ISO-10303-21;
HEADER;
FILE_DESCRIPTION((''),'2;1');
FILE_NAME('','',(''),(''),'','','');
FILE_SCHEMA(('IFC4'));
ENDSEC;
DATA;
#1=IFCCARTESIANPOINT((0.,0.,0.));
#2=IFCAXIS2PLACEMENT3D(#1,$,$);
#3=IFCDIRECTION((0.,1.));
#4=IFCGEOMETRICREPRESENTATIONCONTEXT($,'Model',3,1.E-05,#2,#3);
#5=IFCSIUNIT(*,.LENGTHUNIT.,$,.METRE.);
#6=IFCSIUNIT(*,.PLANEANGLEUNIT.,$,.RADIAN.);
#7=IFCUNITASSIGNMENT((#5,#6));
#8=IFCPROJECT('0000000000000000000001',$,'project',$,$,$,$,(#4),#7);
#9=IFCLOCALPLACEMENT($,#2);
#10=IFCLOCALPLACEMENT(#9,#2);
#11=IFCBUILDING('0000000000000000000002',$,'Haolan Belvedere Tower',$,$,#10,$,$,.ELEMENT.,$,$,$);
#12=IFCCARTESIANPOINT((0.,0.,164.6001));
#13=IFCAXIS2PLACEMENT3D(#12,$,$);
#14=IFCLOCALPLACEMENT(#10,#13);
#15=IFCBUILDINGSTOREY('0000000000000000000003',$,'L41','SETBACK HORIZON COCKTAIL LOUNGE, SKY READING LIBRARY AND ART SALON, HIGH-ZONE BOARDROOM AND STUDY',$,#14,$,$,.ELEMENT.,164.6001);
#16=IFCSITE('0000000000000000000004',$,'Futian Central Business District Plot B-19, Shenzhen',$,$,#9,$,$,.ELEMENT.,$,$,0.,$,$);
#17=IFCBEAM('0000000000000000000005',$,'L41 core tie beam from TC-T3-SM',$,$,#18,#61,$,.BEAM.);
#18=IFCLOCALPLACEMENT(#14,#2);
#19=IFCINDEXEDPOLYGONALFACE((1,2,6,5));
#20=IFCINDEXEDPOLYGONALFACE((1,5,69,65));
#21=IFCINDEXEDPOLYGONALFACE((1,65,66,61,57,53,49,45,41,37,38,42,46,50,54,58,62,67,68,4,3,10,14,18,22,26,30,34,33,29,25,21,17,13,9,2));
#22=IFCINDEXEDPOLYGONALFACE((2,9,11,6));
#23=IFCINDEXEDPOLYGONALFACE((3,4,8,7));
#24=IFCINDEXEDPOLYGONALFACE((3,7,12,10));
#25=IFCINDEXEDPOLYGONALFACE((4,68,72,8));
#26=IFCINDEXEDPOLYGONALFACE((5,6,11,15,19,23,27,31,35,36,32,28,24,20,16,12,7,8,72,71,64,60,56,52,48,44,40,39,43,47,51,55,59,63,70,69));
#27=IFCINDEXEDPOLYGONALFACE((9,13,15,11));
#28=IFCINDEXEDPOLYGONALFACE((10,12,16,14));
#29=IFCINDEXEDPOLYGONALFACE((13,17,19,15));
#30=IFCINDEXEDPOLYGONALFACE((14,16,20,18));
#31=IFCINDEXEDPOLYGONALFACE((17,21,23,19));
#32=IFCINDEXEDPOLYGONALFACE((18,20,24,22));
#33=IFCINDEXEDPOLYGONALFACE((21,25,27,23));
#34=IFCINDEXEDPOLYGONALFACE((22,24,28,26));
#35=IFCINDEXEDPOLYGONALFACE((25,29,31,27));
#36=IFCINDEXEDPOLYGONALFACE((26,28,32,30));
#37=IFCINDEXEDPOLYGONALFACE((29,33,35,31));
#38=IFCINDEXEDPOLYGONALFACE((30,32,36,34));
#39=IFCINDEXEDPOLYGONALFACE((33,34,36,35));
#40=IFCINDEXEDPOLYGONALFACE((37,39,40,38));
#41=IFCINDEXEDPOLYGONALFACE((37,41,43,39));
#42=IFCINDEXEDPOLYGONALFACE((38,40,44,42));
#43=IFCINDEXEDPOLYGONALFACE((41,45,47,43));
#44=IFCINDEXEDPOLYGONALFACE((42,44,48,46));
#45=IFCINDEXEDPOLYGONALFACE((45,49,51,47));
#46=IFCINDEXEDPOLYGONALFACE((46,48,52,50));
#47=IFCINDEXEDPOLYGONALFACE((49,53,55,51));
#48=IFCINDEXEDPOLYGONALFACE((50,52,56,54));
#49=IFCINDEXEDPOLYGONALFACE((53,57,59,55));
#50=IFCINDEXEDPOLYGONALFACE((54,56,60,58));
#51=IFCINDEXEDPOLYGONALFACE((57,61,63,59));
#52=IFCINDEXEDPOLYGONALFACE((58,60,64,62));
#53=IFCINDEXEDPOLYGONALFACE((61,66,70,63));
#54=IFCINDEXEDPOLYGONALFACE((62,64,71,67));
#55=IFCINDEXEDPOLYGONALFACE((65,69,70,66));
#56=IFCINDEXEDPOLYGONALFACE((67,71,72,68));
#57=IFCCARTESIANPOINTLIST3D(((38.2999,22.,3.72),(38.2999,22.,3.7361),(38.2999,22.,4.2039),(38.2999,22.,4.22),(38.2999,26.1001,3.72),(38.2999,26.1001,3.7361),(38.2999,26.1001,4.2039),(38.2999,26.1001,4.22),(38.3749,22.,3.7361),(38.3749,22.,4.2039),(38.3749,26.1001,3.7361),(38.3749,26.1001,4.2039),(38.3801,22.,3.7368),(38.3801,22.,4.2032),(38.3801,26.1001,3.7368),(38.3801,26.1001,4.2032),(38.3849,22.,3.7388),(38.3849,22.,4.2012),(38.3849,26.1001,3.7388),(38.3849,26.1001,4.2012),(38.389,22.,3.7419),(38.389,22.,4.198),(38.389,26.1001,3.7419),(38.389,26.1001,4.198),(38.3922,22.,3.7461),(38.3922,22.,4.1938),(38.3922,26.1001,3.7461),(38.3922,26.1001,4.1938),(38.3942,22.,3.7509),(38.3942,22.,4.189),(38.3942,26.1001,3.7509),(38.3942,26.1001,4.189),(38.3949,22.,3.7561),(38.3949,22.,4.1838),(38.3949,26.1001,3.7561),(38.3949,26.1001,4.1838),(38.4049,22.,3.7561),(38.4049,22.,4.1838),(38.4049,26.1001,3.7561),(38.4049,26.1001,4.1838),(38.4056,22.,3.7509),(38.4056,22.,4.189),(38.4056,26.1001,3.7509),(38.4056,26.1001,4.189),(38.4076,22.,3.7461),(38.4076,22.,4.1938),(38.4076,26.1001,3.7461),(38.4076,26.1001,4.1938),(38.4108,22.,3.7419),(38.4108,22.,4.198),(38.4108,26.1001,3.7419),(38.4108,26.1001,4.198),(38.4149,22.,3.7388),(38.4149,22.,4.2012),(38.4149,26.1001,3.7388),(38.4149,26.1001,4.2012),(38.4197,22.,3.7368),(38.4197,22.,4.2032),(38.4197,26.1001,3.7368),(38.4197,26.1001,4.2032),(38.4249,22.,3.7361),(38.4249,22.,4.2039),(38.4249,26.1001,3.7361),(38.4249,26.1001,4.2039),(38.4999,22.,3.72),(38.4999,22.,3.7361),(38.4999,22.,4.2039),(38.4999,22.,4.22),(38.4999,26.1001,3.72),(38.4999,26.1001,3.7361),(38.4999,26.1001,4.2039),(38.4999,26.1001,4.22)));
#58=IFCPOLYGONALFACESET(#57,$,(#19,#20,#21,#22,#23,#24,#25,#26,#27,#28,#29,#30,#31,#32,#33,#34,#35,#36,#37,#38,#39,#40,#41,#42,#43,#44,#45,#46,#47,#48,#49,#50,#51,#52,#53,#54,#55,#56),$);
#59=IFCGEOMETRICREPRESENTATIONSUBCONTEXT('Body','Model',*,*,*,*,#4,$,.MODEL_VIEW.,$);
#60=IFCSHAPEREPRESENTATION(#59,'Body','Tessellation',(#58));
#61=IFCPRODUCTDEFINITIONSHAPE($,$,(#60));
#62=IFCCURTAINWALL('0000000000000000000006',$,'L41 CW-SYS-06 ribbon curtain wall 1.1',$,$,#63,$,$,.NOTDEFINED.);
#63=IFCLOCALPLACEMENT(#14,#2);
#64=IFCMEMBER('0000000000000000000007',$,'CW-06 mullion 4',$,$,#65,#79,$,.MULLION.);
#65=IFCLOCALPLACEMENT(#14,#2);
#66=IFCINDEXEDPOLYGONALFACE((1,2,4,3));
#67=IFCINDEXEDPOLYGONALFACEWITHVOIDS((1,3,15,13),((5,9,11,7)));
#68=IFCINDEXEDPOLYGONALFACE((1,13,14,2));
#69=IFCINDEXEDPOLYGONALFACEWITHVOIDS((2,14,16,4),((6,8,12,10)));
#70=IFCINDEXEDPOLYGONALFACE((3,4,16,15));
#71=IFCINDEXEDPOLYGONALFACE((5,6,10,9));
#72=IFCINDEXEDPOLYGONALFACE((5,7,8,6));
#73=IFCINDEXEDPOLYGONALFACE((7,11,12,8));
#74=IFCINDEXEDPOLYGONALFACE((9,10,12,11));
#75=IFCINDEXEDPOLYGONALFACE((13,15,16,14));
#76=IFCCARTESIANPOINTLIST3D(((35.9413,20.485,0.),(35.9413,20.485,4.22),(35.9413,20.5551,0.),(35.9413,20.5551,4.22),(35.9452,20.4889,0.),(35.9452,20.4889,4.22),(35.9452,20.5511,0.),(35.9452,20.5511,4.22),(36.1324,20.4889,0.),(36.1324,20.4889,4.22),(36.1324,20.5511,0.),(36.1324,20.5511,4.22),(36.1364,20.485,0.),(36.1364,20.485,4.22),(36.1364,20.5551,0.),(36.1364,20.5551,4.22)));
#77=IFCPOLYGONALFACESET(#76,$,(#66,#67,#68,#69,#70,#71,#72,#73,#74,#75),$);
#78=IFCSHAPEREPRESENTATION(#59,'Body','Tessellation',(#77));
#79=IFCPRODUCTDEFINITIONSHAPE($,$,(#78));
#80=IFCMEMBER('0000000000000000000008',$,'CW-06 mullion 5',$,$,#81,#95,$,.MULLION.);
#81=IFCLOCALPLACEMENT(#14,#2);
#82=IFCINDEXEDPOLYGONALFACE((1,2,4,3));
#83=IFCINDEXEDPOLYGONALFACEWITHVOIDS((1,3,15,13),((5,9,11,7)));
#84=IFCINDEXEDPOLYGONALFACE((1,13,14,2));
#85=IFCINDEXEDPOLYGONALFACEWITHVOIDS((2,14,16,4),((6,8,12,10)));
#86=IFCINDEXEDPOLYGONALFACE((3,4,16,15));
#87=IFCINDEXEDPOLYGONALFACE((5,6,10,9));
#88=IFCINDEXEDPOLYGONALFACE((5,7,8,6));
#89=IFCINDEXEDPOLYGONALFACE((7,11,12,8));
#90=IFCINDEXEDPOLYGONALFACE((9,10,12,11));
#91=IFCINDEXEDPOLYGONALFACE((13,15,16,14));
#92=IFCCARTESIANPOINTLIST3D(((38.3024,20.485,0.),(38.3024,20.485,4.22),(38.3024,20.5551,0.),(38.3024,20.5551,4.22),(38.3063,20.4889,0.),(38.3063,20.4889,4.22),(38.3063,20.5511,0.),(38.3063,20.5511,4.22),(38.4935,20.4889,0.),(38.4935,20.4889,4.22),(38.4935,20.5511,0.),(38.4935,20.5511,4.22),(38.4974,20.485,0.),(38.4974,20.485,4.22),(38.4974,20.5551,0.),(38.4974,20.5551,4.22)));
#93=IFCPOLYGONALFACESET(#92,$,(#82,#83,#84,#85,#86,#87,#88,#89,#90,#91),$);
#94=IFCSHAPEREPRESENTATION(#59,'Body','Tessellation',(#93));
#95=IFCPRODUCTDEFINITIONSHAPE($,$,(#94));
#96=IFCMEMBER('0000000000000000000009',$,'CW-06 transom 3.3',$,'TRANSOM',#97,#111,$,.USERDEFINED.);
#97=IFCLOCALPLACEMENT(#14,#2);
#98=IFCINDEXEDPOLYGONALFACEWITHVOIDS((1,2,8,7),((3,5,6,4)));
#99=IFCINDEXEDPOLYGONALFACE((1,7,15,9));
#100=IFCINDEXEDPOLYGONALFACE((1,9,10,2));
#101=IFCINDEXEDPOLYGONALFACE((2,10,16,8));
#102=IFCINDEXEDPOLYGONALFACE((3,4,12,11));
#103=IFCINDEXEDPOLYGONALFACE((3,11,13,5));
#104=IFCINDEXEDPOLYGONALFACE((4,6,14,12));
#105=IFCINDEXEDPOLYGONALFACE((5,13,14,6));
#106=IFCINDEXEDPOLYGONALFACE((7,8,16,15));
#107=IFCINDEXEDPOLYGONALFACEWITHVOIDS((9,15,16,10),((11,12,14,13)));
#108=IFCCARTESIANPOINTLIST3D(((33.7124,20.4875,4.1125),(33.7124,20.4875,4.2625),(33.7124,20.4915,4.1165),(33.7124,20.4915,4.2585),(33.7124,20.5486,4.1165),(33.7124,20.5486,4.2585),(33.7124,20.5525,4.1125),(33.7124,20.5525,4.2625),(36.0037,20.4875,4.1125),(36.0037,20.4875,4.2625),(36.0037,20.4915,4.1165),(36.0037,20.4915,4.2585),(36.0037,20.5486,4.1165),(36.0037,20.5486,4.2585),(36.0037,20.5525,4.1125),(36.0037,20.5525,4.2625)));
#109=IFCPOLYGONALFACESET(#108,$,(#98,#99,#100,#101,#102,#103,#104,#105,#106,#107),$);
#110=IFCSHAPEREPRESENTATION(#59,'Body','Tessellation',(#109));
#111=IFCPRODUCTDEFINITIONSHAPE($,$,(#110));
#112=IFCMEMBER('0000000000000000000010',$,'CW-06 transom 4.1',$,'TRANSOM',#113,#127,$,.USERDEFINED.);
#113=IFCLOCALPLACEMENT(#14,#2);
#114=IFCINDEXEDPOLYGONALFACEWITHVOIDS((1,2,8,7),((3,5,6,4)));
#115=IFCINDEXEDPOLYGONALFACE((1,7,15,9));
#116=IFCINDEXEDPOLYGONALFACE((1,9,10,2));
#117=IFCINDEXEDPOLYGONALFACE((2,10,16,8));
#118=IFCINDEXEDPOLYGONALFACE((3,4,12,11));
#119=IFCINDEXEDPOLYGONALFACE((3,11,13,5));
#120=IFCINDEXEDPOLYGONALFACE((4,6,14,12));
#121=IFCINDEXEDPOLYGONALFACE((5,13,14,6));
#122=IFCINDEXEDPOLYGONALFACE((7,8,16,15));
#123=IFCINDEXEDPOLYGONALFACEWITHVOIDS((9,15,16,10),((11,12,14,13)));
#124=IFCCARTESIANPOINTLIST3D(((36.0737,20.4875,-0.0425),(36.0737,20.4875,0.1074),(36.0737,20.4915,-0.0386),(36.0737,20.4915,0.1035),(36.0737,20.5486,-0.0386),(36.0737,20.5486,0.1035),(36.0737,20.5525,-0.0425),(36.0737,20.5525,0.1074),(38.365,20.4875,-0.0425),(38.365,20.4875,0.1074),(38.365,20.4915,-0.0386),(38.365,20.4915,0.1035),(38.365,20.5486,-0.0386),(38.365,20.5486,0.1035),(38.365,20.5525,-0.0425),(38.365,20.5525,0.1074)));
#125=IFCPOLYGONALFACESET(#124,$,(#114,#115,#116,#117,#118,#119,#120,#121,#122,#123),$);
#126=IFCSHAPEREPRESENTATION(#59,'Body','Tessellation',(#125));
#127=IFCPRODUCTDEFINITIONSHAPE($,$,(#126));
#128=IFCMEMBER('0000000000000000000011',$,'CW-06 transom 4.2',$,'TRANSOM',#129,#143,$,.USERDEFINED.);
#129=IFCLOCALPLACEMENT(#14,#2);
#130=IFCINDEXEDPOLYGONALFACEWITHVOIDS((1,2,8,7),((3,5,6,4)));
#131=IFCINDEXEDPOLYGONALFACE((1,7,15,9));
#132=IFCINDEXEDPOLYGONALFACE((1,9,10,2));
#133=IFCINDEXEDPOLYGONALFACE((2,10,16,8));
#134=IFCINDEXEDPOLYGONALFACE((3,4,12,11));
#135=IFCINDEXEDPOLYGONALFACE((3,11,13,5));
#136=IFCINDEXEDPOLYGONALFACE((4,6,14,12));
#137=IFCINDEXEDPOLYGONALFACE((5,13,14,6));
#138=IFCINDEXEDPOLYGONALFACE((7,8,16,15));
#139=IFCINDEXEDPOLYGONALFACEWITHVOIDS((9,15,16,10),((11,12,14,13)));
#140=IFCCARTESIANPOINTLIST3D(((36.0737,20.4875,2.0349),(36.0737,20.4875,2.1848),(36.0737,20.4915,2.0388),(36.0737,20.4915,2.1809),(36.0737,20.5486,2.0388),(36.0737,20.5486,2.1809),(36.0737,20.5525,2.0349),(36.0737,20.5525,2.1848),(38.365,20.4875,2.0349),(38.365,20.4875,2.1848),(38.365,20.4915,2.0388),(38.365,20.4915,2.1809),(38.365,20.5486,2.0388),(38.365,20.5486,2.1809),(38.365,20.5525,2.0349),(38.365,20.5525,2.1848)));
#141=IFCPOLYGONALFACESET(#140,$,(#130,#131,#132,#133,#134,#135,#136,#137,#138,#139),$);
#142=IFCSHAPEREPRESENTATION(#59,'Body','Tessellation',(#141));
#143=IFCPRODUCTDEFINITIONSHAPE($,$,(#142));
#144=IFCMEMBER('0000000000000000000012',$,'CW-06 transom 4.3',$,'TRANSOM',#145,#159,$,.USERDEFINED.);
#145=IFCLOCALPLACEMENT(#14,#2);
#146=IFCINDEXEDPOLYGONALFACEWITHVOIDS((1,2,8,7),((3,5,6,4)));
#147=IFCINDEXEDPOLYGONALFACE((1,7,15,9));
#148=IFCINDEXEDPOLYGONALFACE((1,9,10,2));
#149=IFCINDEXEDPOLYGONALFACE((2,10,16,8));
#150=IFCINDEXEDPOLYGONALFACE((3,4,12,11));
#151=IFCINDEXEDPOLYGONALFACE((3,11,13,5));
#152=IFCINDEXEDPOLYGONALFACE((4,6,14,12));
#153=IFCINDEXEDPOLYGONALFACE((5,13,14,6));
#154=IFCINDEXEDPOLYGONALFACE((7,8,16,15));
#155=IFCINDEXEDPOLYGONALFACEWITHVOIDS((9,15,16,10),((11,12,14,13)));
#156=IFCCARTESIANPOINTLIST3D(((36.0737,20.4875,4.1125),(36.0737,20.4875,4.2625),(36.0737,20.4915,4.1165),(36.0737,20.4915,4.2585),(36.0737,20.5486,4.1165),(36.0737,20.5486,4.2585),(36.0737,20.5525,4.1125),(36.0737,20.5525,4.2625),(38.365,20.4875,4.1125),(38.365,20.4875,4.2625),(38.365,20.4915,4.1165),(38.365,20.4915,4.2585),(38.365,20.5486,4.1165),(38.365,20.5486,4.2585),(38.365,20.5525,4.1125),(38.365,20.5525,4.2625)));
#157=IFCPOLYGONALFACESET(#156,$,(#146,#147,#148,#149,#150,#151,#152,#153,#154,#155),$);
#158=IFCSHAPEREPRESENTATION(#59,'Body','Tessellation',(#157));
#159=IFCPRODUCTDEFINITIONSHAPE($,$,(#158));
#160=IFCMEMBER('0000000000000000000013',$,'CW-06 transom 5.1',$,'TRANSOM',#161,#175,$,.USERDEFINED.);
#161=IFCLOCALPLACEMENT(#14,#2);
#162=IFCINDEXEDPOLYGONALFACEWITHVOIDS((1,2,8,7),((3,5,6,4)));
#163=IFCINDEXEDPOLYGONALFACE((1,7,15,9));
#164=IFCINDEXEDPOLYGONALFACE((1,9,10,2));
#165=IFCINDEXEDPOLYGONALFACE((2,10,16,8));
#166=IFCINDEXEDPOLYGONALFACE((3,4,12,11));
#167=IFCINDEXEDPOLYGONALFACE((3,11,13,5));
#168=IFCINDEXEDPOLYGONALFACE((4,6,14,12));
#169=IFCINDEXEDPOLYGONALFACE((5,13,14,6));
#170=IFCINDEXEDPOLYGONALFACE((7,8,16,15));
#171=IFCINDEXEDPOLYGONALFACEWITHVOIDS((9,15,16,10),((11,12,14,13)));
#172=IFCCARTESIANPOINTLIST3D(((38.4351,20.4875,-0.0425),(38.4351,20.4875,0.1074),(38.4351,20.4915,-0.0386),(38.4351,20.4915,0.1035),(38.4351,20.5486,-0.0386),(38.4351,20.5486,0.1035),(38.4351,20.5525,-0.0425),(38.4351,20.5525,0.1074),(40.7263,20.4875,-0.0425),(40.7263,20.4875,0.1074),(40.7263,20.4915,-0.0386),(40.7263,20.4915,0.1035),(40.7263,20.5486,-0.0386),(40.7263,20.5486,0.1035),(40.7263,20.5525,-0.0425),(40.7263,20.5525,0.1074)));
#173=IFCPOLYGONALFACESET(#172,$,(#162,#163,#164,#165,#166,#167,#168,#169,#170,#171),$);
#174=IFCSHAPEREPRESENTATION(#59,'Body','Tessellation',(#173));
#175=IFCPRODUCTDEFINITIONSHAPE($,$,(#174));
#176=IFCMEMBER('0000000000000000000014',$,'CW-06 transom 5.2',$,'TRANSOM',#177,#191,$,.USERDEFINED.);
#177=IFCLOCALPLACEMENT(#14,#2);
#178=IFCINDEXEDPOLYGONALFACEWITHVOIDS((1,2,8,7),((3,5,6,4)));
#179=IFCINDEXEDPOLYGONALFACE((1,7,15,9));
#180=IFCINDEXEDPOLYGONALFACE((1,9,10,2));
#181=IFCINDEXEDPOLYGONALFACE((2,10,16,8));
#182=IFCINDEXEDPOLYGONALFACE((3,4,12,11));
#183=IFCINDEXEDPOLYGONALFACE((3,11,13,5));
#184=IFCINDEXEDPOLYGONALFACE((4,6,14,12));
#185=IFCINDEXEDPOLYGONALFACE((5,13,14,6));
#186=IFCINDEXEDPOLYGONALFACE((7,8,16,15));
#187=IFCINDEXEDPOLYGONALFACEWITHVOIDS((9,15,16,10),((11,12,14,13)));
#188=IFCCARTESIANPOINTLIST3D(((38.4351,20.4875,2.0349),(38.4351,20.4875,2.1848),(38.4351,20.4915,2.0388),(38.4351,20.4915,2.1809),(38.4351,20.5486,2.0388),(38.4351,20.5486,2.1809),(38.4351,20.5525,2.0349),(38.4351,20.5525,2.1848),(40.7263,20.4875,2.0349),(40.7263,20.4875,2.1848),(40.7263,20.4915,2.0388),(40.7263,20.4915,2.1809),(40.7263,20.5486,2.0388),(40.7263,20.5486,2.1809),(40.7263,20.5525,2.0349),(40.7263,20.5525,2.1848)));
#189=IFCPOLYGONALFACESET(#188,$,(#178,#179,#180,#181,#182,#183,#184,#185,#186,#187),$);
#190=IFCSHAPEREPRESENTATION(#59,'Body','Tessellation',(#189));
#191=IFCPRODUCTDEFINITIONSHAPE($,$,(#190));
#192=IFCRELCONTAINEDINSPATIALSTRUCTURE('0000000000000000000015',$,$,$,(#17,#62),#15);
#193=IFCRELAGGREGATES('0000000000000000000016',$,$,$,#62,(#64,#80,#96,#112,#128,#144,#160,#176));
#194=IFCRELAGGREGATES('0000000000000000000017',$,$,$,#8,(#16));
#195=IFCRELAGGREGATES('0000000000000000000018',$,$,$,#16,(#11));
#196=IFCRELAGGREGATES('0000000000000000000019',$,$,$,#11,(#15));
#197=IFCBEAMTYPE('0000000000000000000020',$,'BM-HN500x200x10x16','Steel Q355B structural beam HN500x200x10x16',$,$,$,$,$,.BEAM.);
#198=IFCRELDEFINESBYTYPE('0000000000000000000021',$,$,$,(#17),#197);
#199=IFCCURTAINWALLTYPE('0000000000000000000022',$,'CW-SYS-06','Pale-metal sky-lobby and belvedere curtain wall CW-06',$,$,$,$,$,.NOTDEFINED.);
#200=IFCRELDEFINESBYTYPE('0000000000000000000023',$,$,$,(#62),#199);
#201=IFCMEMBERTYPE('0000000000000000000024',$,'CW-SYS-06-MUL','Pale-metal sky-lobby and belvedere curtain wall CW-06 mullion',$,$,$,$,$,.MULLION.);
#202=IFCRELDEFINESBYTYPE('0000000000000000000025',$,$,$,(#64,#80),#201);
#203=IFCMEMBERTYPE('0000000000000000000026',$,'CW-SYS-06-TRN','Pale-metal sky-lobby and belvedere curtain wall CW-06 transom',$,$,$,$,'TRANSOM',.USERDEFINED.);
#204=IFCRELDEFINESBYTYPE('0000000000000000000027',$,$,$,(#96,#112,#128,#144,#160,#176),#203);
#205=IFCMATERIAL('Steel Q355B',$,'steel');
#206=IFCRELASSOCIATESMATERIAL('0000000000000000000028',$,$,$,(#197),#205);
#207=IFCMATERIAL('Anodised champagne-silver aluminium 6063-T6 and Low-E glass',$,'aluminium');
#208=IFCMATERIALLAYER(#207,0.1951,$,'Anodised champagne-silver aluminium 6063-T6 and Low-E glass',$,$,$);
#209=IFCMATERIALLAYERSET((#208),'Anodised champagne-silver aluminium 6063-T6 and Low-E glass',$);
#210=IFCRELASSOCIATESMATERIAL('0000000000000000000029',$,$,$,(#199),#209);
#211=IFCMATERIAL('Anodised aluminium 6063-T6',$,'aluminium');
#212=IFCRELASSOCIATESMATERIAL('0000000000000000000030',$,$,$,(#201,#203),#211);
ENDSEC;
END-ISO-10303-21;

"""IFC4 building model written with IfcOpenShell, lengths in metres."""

from ifc_helpers import new_model, si_unit, direction, frame, origin, origin_2d, place, context, subcontext, project, spatial, hollow_rectangle, i_section, extrude, material, layer, layer_set, material_profile, profile_set, type_object, element, aggregate, save


model = new_model("IFC4")

# Units and contexts
model_context = context("Model", 3, precision=1e-05, world=origin(), true_north=direction((0.0, 1.0)))
body_context = subcontext(model_context, "Body", "Model", "MODEL_VIEW")
ifc_project = project(units=[si_unit("LENGTHUNIT", "METRE"), si_unit("PLANEANGLEUNIT", "RADIAN")], contexts=[model_context])

# Site, building, storey
site_placement = place(None, origin())
site = spatial("IfcSite", under=ifc_project, at=site_placement, Name="Futian Central Business District Plot B-19, Shenzhen", CompositionType="ELEMENT", RefElevation=0.0)
building_placement = place(site_placement, origin())
building = spatial("IfcBuilding", under=site, at=building_placement, Name="Haolan Belvedere Tower", CompositionType="ELEMENT")
storey_placement = place(building_placement, frame((0.0, 0.0, 164.6001)))
storey = spatial("IfcBuildingStorey", under=building, at=storey_placement, Name="L41", Description="SETBACK HORIZON COCKTAIL LOUNGE, SKY READING LIBRARY AND ART SALON, HIGH-ZONE BOARDROOM AND STUDY", CompositionType="ELEMENT", Elevation=164.6001)

# Beam
ifc_material_1 = material(Name="Steel Q355B", Category="steel")
ifc_material_profile_1 = material_profile(ifc_material_1, i_section(OverallWidth=0.2, OverallDepth=0.5, WebThickness=0.01, FlangeThickness=0.0161, FilletRadius=0.02, at=origin_2d()), Name="Steel Q355B")
ifc_profile_set_1 = profile_set([ifc_material_profile_1], Name="Steel Q355B")
beam_type_1 = type_object("IfcBeamType", Name="BM-HN500x200x10x16", Description="Steel Q355B structural beam HN500x200x10x16", PredefinedType="BEAM", material=ifc_profile_set_1)
beam_1_placement = place(storey_placement, frame((38.3999, 22.0, 3.97), z_axis=(0.0, 1.0, 0.0), x_axis=(-1.0, 0.0, 0.0)))
element("IfcBeam", 1, at=beam_1_placement, inside=storey, type_object=beam_type_1, Name="L41 core tie beam from TC-T3-SM", PredefinedType="BEAM", context=body_context, shape_type="SweptSolid", body=[
    extrude(i_section(OverallWidth=0.2, OverallDepth=0.5, WebThickness=0.01, FlangeThickness=0.0161, FilletRadius=0.02, at=origin_2d()), origin(), (0.0, 0.0, 1.0), 4.1001),
])

# Curtain wall, members
ifc_material_2 = material(Name="Anodised champagne-silver aluminium 6063-T6 and Low-E glass", Category="aluminium")
ifc_layer_1 = layer(ifc_material_2, 0.1951, Name="Anodised champagne-silver aluminium 6063-T6 and Low-E glass")
ifc_layer_set_1 = layer_set([ifc_layer_1], Name="Anodised champagne-silver aluminium 6063-T6 and Low-E glass")
curtain_wall_type = type_object("IfcCurtainWallType", Name="CW-SYS-06", Description="Pale-metal sky-lobby and belvedere curtain wall CW-06", PredefinedType="NOTDEFINED", material=ifc_layer_set_1)
curtain_wall_placement = place(storey_placement, origin())
curtain_wall = element("IfcCurtainWall", 2, at=curtain_wall_placement, inside=storey, type_object=curtain_wall_type, Name="L41 CW-SYS-06 ribbon curtain wall 1.1", PredefinedType="NOTDEFINED")
ifc_material_3 = material(Name="Anodised aluminium 6063-T6", Category="aluminium")
ifc_material_profile_2 = material_profile(ifc_material_3, hollow_rectangle(XDim=0.0701, YDim=0.1951, WallThickness=0.0039, at=origin_2d()), Name="Anodised aluminium 6063-T6")
ifc_profile_set_2 = profile_set([ifc_material_profile_2], Name="Anodised aluminium 6063-T6")
member_type_1 = type_object("IfcMemberType", Name="CW-SYS-06-MUL", Description="Pale-metal sky-lobby and belvedere curtain wall CW-06 mullion", PredefinedType="MULLION", material=ifc_profile_set_2)
member_1_placement = place(storey_placement, frame((36.0388, 20.52, 0.0), z_axis=(0.0, 0.0, 1.0), x_axis=(0.0, 1.0, 0.0)))
member_1 = element("IfcMember", 3, at=member_1_placement, type_object=member_type_1, Name="CW-06 mullion 4", PredefinedType="MULLION", context=body_context, shape_type="SweptSolid", body=[
    extrude(hollow_rectangle(XDim=0.0701, YDim=0.1951, WallThickness=0.0039, at=origin_2d()), origin(), (0.0, 0.0, 1.0), 4.22),
])
member_2_placement = place(storey_placement, frame((38.3999, 20.52, 0.0), z_axis=(0.0, 0.0, 1.0), x_axis=(0.0, 1.0, 0.0)))
member_2 = element("IfcMember", 4, at=member_2_placement, type_object=member_type_1, Name="CW-06 mullion 5", PredefinedType="MULLION", context=body_context, shape_type="SweptSolid", body=[
    extrude(hollow_rectangle(XDim=0.0701, YDim=0.1951, WallThickness=0.0039, at=origin_2d()), origin(), (0.0, 0.0, 1.0), 4.22),
])
ifc_material_profile_3 = material_profile(ifc_material_3, hollow_rectangle(XDim=0.0649, YDim=0.1499, WallThickness=0.0039, at=origin_2d()), Name="Anodised aluminium 6063-T6")
ifc_profile_set_3 = profile_set([ifc_material_profile_3], Name="Anodised aluminium 6063-T6")
member_type_2 = type_object("IfcMemberType", Name="CW-SYS-06-TRN", Description="Pale-metal sky-lobby and belvedere curtain wall CW-06 transom", ElementType="TRANSOM", PredefinedType="USERDEFINED", material=ifc_profile_set_3)
member_3_placement = place(storey_placement, frame((33.7124, 20.52, 4.1875), z_axis=(1.0, 0.0, 0.0), x_axis=(0.0, 1.0, 0.0)))
member_3 = element("IfcMember", 5, at=member_3_placement, type_object=member_type_2, Name="CW-06 transom 3.3", ObjectType="TRANSOM", PredefinedType="USERDEFINED", context=body_context, shape_type="SweptSolid", body=[
    extrude(hollow_rectangle(XDim=0.0649, YDim=0.1499, WallThickness=0.0039, at=origin_2d()), origin(), (0.0, 0.0, 1.0), 2.2913),
])
member_4_placement = place(storey_placement, frame((36.0737, 20.52, 0.0325), z_axis=(1.0, 0.0, 0.0), x_axis=(0.0, 1.0, 0.0)))
member_4 = element("IfcMember", 6, at=member_4_placement, type_object=member_type_2, Name="CW-06 transom 4.1", ObjectType="TRANSOM", PredefinedType="USERDEFINED", context=body_context, shape_type="SweptSolid", body=[
    extrude(hollow_rectangle(XDim=0.0649, YDim=0.1499, WallThickness=0.0039, at=origin_2d()), origin(), (0.0, 0.0, 1.0), 2.2913),
])
member_5_placement = place(storey_placement, frame((36.0737, 20.52, 2.1099), z_axis=(1.0, 0.0, 0.0), x_axis=(0.0, 1.0, 0.0)))
member_5 = element("IfcMember", 7, at=member_5_placement, type_object=member_type_2, Name="CW-06 transom 4.2", ObjectType="TRANSOM", PredefinedType="USERDEFINED", context=body_context, shape_type="SweptSolid", body=[
    extrude(hollow_rectangle(XDim=0.0649, YDim=0.1499, WallThickness=0.0039, at=origin_2d()), origin(), (0.0, 0.0, 1.0), 2.2913),
])
member_6_placement = place(storey_placement, frame((36.0737, 20.52, 4.1875), z_axis=(1.0, 0.0, 0.0), x_axis=(0.0, 1.0, 0.0)))
member_6 = element("IfcMember", 8, at=member_6_placement, type_object=member_type_2, Name="CW-06 transom 4.3", ObjectType="TRANSOM", PredefinedType="USERDEFINED", context=body_context, shape_type="SweptSolid", body=[
    extrude(hollow_rectangle(XDim=0.0649, YDim=0.1499, WallThickness=0.0039, at=origin_2d()), origin(), (0.0, 0.0, 1.0), 2.2913),
])
member_7_placement = place(storey_placement, frame((38.4351, 20.52, 0.0325), z_axis=(1.0, 0.0, 0.0), x_axis=(0.0, 1.0, 0.0)))
member_7 = element("IfcMember", 9, at=member_7_placement, type_object=member_type_2, Name="CW-06 transom 5.1", ObjectType="TRANSOM", PredefinedType="USERDEFINED", context=body_context, shape_type="SweptSolid", body=[
    extrude(hollow_rectangle(XDim=0.0649, YDim=0.1499, WallThickness=0.0039, at=origin_2d()), origin(), (0.0, 0.0, 1.0), 2.2913),
])
member_8_placement = place(storey_placement, frame((38.4351, 20.52, 2.1099), z_axis=(1.0, 0.0, 0.0), x_axis=(0.0, 1.0, 0.0)))
member_8 = element("IfcMember", 10, at=member_8_placement, type_object=member_type_2, Name="CW-06 transom 5.2", ObjectType="TRANSOM", PredefinedType="USERDEFINED", context=body_context, shape_type="SweptSolid", body=[
    extrude(hollow_rectangle(XDim=0.0649, YDim=0.1499, WallThickness=0.0039, at=origin_2d()), origin(), (0.0, 0.0, 1.0), 2.2913),
])
aggregate(curtain_wall, [member_1, member_2, member_3, member_4, member_5, member_6, member_7, member_8])

save(model, "model.ifc")
